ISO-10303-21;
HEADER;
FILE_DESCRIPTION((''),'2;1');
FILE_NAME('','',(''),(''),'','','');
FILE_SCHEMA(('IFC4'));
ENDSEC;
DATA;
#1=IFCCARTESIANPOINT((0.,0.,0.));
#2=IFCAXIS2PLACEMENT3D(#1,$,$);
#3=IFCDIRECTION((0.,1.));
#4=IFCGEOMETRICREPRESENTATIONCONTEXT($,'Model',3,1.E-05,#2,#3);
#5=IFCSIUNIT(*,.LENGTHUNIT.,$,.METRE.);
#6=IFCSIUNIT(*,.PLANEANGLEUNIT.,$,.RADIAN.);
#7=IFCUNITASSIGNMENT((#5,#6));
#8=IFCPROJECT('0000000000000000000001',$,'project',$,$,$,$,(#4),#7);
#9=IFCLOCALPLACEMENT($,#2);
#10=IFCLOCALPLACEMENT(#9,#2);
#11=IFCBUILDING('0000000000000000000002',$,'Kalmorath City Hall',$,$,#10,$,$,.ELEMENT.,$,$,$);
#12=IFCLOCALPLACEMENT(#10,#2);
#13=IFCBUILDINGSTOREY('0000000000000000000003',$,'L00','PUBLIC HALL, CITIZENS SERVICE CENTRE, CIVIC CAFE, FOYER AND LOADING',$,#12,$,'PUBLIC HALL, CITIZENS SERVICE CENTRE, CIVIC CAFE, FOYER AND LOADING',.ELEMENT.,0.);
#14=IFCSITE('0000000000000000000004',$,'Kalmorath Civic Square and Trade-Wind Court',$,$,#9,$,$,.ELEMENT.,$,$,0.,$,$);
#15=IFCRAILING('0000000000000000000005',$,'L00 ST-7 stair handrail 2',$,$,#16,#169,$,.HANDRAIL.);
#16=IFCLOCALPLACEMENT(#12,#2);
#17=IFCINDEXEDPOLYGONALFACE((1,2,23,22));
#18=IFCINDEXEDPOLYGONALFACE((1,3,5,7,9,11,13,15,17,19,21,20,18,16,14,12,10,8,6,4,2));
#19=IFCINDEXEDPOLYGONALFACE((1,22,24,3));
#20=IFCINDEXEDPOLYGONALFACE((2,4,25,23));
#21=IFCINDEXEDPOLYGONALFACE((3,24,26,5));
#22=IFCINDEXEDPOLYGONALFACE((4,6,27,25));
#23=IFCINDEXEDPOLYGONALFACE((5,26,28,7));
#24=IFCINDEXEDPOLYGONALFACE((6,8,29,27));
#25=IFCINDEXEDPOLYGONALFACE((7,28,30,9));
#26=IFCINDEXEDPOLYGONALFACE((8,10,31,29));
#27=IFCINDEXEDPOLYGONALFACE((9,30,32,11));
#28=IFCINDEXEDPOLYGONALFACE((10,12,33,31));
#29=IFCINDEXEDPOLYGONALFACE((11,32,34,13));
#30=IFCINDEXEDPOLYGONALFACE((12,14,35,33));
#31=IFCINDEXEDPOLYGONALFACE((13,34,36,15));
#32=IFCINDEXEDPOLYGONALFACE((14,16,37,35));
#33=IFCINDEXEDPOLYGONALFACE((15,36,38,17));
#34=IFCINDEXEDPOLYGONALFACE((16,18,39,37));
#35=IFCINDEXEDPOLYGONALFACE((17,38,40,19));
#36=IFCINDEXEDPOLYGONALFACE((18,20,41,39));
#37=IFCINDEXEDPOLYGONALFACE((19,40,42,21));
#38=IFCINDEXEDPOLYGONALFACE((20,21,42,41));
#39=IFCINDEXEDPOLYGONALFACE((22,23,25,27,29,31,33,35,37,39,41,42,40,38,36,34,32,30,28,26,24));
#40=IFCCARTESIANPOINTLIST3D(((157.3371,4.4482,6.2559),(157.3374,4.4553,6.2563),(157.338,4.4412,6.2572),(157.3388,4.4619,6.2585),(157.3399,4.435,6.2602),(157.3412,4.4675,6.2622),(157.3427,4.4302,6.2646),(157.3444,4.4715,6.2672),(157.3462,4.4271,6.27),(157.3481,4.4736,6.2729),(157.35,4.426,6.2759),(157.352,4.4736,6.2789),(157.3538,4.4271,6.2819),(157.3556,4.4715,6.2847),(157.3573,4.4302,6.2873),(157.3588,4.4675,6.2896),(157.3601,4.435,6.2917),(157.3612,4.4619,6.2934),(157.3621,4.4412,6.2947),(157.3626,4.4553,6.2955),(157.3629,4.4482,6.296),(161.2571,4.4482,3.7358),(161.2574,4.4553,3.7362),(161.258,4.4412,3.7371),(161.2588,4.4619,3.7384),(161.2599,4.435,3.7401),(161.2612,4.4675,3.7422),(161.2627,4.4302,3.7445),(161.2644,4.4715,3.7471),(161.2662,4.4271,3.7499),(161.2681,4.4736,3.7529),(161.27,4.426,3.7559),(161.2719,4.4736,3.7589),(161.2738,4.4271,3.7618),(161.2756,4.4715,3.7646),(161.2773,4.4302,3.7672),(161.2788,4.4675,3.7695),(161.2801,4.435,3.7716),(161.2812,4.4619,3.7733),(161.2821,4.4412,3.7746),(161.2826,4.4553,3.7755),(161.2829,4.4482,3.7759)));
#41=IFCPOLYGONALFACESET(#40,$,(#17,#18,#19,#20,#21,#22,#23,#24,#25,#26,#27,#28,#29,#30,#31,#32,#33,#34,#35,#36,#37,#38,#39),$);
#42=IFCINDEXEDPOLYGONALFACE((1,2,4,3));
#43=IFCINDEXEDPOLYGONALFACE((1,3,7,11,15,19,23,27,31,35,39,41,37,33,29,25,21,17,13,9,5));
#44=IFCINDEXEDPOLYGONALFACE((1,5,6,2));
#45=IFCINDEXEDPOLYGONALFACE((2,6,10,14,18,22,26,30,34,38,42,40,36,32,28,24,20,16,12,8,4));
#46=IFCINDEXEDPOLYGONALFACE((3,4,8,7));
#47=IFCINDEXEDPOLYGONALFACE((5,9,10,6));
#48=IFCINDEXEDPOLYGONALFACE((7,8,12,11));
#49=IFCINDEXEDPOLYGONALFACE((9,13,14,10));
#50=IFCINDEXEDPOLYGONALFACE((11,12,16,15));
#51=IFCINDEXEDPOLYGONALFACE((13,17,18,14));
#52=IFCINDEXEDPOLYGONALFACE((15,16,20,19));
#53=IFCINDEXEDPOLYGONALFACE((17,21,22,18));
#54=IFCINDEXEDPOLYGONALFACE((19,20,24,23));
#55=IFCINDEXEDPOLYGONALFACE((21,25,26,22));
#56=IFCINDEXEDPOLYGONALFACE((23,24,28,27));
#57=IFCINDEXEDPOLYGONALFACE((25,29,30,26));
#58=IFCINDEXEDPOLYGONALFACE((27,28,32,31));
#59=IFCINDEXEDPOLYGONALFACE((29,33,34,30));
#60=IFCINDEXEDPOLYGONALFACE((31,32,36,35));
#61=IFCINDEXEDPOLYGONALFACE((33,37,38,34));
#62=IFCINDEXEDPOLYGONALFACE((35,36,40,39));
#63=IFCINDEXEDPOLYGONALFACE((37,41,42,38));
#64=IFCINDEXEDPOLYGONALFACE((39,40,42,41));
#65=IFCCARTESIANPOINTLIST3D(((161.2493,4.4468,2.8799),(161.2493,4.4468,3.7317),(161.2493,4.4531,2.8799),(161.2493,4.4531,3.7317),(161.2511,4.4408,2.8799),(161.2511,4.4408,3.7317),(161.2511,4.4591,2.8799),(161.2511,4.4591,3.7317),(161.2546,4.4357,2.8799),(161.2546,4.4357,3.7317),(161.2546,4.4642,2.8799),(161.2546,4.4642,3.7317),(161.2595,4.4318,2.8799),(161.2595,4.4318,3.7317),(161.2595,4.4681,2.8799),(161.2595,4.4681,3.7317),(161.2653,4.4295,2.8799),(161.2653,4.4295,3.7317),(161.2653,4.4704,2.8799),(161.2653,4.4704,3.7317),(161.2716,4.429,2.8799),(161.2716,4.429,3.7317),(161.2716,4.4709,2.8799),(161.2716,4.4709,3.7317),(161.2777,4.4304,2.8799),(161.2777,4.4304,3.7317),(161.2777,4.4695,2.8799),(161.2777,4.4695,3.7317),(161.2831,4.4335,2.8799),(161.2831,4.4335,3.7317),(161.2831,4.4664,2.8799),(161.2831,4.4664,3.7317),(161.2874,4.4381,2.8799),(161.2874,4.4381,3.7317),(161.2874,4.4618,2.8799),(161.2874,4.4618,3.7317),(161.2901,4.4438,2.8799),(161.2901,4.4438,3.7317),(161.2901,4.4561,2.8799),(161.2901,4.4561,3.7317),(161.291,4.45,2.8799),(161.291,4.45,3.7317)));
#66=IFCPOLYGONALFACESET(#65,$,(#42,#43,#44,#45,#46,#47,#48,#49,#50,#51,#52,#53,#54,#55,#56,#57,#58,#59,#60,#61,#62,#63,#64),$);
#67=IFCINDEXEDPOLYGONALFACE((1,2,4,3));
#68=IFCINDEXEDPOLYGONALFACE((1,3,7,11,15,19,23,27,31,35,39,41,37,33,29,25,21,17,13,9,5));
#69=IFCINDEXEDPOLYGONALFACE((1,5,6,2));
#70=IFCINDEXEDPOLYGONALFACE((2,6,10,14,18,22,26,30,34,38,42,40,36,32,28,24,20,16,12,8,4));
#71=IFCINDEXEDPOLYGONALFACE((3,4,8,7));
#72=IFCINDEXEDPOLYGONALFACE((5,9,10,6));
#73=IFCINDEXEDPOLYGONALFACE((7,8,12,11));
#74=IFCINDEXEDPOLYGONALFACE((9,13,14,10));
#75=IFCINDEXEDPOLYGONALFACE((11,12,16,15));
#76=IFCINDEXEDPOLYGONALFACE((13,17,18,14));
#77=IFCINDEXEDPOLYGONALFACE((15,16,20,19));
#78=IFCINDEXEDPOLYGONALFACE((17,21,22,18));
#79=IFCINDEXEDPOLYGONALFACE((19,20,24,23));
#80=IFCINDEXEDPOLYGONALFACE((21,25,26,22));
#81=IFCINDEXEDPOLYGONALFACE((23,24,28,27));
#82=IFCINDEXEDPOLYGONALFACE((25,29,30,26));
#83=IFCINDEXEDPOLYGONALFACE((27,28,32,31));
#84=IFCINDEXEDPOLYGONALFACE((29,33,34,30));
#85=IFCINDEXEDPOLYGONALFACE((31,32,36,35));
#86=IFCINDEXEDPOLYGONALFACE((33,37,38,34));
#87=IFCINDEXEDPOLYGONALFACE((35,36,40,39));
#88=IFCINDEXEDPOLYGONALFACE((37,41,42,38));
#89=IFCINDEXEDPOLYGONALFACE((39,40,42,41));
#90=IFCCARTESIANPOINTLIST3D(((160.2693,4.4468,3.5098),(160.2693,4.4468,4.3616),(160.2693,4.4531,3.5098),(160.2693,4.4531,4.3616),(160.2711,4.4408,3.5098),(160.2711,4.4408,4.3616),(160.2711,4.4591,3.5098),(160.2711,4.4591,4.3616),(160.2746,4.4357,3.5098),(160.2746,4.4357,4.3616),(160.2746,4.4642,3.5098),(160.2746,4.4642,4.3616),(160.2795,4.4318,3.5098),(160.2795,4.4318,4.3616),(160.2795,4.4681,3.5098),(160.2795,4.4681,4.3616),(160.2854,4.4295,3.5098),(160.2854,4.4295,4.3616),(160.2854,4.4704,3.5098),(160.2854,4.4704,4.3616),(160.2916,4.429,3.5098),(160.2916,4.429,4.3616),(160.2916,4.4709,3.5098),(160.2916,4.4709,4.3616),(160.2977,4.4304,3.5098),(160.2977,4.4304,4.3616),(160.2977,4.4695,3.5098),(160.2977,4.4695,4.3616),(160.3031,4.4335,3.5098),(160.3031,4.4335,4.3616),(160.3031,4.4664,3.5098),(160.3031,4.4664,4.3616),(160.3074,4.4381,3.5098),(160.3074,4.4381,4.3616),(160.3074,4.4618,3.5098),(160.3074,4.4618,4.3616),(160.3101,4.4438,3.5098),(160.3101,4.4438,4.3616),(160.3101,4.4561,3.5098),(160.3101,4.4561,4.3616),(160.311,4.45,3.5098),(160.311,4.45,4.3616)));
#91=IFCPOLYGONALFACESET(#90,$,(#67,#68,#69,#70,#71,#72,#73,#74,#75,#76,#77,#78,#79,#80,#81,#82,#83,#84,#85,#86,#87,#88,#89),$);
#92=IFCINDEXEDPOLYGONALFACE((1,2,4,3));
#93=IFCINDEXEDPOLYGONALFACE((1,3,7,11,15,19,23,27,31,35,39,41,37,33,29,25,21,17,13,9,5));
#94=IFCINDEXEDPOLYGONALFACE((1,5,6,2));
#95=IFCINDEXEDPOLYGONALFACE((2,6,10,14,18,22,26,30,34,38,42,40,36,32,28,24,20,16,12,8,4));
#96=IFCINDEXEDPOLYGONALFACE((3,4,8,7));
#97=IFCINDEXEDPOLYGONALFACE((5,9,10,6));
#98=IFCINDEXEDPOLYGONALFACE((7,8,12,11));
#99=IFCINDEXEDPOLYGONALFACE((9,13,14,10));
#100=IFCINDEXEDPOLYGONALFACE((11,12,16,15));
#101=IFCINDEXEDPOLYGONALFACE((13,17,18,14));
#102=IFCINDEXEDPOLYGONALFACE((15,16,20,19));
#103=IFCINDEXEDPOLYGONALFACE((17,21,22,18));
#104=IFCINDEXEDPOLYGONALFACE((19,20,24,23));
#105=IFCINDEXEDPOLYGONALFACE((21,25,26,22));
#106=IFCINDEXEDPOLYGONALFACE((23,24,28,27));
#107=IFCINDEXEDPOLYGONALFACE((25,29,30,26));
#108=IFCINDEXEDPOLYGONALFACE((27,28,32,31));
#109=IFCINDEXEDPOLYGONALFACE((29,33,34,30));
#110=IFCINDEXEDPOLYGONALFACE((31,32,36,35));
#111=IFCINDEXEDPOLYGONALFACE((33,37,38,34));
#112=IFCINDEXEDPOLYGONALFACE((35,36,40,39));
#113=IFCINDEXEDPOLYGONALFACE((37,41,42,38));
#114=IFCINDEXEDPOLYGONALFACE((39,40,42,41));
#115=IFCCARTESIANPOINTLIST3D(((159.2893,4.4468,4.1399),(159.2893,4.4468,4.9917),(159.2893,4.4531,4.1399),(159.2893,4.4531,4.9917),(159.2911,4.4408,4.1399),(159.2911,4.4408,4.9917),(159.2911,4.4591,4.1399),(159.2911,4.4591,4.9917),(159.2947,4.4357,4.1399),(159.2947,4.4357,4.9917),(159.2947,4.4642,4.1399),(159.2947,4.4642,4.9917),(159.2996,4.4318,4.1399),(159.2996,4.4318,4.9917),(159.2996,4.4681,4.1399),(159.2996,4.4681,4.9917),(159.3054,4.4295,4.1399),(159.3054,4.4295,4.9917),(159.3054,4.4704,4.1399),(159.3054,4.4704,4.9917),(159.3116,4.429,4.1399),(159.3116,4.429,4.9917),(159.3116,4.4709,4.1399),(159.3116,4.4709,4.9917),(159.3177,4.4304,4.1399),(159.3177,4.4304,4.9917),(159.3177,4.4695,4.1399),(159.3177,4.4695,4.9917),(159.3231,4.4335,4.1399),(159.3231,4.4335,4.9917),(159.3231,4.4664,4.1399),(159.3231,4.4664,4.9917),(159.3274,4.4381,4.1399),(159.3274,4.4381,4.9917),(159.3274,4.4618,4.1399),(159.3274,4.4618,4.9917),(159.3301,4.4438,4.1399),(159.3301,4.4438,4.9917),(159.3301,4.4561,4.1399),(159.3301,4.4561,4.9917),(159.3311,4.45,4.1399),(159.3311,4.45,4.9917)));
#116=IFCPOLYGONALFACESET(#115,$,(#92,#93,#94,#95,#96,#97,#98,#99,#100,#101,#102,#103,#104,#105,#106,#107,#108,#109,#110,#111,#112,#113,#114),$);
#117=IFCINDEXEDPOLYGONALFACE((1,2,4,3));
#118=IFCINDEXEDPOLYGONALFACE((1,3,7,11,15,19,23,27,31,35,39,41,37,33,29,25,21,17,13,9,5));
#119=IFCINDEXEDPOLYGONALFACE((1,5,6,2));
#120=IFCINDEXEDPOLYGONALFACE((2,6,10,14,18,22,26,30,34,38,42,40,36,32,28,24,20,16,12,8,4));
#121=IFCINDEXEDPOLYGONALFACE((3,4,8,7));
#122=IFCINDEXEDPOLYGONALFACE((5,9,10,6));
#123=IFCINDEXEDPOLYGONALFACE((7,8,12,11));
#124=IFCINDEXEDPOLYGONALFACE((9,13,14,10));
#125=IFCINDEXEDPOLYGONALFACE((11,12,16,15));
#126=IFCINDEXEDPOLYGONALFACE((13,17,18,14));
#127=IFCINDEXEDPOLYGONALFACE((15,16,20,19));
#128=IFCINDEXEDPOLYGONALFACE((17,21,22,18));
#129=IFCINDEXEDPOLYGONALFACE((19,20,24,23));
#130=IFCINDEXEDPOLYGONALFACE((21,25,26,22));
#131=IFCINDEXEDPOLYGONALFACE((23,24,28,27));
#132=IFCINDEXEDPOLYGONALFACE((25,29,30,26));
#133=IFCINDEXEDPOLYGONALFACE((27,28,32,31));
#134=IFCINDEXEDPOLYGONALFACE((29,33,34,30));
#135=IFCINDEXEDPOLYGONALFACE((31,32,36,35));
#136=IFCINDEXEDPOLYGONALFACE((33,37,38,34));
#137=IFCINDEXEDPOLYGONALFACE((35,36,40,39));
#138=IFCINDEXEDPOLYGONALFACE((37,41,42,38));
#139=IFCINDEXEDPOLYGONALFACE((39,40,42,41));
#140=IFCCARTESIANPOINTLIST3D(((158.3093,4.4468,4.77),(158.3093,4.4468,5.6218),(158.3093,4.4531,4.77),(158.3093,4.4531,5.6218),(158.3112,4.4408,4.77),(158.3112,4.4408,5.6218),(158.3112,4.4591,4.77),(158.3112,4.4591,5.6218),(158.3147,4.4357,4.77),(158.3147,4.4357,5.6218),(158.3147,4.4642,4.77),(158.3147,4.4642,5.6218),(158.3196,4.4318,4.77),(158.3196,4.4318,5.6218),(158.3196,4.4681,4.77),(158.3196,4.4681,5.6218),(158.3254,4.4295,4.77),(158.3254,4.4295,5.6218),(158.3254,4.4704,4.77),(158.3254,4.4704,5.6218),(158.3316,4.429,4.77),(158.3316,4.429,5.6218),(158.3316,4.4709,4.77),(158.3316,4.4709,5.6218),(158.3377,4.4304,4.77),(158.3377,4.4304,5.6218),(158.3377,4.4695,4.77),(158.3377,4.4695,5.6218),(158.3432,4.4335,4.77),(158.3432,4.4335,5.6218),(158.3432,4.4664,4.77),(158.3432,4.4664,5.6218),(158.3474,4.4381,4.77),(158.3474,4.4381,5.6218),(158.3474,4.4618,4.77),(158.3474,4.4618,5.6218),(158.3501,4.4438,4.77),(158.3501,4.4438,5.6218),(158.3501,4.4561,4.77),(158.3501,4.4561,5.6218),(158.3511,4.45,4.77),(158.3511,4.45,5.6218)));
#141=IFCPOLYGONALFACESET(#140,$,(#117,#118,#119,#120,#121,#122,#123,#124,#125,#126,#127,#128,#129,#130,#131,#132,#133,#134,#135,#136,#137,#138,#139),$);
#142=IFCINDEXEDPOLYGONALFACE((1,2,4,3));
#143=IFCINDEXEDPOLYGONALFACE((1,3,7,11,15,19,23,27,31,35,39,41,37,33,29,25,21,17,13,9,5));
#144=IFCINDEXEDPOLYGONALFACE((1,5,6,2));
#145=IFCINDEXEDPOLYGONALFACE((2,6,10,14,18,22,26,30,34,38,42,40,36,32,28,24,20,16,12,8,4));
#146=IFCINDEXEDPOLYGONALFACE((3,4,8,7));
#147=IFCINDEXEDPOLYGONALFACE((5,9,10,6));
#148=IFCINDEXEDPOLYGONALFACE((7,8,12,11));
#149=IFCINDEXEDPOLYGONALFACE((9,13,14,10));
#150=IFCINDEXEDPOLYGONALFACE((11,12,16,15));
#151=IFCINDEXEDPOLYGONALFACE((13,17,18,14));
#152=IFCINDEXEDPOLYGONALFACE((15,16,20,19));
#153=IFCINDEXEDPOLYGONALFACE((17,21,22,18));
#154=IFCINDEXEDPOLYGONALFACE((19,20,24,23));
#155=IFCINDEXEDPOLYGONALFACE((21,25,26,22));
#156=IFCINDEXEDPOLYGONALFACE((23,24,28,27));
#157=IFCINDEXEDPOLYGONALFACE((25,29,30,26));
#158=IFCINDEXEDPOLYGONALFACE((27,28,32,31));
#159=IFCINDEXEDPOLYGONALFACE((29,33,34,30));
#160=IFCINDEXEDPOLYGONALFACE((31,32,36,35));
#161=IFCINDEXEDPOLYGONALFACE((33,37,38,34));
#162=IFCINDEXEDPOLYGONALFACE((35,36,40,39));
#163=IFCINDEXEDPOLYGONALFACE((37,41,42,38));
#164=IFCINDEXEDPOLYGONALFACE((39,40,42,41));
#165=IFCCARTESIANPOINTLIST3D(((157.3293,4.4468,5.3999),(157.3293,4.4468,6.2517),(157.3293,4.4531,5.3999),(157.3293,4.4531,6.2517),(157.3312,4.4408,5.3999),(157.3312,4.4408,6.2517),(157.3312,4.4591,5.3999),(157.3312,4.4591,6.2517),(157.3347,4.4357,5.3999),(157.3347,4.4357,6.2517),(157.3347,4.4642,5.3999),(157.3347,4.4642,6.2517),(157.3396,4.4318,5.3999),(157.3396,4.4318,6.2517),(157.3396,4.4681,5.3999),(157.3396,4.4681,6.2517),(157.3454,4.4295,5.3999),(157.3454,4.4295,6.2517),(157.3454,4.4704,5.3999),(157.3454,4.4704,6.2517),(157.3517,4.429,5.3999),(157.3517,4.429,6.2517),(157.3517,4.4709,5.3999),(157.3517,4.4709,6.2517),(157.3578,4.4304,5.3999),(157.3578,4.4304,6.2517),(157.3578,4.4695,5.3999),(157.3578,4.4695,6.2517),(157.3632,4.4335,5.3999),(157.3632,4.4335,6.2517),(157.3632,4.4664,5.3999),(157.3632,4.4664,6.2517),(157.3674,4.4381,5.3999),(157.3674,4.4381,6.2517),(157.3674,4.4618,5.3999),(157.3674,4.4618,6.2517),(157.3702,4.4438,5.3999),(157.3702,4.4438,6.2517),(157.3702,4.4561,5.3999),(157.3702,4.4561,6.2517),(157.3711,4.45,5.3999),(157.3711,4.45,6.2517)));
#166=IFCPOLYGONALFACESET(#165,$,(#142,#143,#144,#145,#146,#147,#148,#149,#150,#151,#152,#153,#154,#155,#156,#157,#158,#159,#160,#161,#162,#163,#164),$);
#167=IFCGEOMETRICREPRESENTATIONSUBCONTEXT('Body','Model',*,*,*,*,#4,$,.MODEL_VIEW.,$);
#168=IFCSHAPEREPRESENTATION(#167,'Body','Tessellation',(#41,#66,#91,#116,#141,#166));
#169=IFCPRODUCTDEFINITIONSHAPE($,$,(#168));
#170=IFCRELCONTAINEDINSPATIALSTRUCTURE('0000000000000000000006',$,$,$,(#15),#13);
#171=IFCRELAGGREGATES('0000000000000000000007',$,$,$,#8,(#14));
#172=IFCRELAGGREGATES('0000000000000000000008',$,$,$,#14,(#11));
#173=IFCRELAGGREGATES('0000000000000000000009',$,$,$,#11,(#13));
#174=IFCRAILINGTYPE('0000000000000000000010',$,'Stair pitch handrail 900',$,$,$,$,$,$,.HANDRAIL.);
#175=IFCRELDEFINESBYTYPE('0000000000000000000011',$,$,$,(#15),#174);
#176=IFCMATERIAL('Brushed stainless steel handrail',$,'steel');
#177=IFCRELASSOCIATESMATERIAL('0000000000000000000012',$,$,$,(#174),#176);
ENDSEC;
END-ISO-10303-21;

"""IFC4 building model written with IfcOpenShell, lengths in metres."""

from ifc_helpers import new_model, si_unit, direction, frame, origin, origin_2d, place, context, subcontext, project, spatial, circle, extrude, material, type_object, element, save


model = new_model("IFC4")

# Units and contexts
model_context = context("Model", 3, precision=1e-05, world=origin(), true_north=direction((0.0, 1.0)))
body_context = subcontext(model_context, "Body", "Model", "MODEL_VIEW")
ifc_project = project(units=[si_unit("LENGTHUNIT", "METRE"), si_unit("PLANEANGLEUNIT", "RADIAN")], contexts=[model_context])

# Site, building, storey
site_placement = place(None, origin())
site = spatial("IfcSite", under=ifc_project, at=site_placement, Name="Kalmorath Civic Square and Trade-Wind Court", CompositionType="ELEMENT", RefElevation=0.0)
building_placement = place(site_placement, origin())
building = spatial("IfcBuilding", under=site, at=building_placement, Name="Kalmorath City Hall", CompositionType="ELEMENT")
storey_placement = place(building_placement, origin())
storey = spatial("IfcBuildingStorey", under=building, at=storey_placement, Name="L00", Description="PUBLIC HALL, CITIZENS SERVICE CENTRE, CIVIC CAFE, FOYER AND LOADING", LongName="PUBLIC HALL, CITIZENS SERVICE CENTRE, CIVIC CAFE, FOYER AND LOADING", CompositionType="ELEMENT", Elevation=0.0)

# Railing
ifc_material_1 = material(Name="Brushed stainless steel handrail", Category="steel")
railing_type_1 = type_object("IfcRailingType", Name="Stair pitch handrail 900", PredefinedType="HANDRAIL", material=ifc_material_1)
railing_1_placement = place(storey_placement, frame((161.27, 4.45, 2.8799)))
element("IfcRailing", 1, at=railing_1_placement, inside=storey, type_object=railing_type_1, Name="L00 ST-7 stair handrail 2", PredefinedType="HANDRAIL", context=body_context, shape_type="SweptSolid", body=[
    extrude(circle(Radius=0.0239, at=origin_2d()), frame((0.0, 0.0, 0.876), z_axis=(-0.841172, 0.0, 0.540768), x_axis=(0.0, -1.0, 0.0)), (0.0, 0.0, 1.0), 4.6602),
    extrude(circle(Radius=0.021, at=origin_2d()), origin(), (0.0, 0.0, 1.0), 0.8518),
    extrude(circle(Radius=0.021, at=origin_2d()), frame((-0.98, 0.0, 0.6299)), (0.0, 0.0, 1.0), 0.8518),
    extrude(circle(Radius=0.021, at=origin_2d()), frame((-1.96, 0.0, 1.26)), (0.0, 0.0, 1.0), 0.8518),
    extrude(circle(Radius=0.021, at=origin_2d()), frame((-2.9399, 0.0, 1.8901)), (0.0, 0.0, 1.0), 0.8518),
    extrude(circle(Radius=0.021, at=origin_2d()), frame((-3.9199, 0.0, 2.52)), (0.0, 0.0, 1.0), 0.8518),
])

save(model, "model.ifc")
